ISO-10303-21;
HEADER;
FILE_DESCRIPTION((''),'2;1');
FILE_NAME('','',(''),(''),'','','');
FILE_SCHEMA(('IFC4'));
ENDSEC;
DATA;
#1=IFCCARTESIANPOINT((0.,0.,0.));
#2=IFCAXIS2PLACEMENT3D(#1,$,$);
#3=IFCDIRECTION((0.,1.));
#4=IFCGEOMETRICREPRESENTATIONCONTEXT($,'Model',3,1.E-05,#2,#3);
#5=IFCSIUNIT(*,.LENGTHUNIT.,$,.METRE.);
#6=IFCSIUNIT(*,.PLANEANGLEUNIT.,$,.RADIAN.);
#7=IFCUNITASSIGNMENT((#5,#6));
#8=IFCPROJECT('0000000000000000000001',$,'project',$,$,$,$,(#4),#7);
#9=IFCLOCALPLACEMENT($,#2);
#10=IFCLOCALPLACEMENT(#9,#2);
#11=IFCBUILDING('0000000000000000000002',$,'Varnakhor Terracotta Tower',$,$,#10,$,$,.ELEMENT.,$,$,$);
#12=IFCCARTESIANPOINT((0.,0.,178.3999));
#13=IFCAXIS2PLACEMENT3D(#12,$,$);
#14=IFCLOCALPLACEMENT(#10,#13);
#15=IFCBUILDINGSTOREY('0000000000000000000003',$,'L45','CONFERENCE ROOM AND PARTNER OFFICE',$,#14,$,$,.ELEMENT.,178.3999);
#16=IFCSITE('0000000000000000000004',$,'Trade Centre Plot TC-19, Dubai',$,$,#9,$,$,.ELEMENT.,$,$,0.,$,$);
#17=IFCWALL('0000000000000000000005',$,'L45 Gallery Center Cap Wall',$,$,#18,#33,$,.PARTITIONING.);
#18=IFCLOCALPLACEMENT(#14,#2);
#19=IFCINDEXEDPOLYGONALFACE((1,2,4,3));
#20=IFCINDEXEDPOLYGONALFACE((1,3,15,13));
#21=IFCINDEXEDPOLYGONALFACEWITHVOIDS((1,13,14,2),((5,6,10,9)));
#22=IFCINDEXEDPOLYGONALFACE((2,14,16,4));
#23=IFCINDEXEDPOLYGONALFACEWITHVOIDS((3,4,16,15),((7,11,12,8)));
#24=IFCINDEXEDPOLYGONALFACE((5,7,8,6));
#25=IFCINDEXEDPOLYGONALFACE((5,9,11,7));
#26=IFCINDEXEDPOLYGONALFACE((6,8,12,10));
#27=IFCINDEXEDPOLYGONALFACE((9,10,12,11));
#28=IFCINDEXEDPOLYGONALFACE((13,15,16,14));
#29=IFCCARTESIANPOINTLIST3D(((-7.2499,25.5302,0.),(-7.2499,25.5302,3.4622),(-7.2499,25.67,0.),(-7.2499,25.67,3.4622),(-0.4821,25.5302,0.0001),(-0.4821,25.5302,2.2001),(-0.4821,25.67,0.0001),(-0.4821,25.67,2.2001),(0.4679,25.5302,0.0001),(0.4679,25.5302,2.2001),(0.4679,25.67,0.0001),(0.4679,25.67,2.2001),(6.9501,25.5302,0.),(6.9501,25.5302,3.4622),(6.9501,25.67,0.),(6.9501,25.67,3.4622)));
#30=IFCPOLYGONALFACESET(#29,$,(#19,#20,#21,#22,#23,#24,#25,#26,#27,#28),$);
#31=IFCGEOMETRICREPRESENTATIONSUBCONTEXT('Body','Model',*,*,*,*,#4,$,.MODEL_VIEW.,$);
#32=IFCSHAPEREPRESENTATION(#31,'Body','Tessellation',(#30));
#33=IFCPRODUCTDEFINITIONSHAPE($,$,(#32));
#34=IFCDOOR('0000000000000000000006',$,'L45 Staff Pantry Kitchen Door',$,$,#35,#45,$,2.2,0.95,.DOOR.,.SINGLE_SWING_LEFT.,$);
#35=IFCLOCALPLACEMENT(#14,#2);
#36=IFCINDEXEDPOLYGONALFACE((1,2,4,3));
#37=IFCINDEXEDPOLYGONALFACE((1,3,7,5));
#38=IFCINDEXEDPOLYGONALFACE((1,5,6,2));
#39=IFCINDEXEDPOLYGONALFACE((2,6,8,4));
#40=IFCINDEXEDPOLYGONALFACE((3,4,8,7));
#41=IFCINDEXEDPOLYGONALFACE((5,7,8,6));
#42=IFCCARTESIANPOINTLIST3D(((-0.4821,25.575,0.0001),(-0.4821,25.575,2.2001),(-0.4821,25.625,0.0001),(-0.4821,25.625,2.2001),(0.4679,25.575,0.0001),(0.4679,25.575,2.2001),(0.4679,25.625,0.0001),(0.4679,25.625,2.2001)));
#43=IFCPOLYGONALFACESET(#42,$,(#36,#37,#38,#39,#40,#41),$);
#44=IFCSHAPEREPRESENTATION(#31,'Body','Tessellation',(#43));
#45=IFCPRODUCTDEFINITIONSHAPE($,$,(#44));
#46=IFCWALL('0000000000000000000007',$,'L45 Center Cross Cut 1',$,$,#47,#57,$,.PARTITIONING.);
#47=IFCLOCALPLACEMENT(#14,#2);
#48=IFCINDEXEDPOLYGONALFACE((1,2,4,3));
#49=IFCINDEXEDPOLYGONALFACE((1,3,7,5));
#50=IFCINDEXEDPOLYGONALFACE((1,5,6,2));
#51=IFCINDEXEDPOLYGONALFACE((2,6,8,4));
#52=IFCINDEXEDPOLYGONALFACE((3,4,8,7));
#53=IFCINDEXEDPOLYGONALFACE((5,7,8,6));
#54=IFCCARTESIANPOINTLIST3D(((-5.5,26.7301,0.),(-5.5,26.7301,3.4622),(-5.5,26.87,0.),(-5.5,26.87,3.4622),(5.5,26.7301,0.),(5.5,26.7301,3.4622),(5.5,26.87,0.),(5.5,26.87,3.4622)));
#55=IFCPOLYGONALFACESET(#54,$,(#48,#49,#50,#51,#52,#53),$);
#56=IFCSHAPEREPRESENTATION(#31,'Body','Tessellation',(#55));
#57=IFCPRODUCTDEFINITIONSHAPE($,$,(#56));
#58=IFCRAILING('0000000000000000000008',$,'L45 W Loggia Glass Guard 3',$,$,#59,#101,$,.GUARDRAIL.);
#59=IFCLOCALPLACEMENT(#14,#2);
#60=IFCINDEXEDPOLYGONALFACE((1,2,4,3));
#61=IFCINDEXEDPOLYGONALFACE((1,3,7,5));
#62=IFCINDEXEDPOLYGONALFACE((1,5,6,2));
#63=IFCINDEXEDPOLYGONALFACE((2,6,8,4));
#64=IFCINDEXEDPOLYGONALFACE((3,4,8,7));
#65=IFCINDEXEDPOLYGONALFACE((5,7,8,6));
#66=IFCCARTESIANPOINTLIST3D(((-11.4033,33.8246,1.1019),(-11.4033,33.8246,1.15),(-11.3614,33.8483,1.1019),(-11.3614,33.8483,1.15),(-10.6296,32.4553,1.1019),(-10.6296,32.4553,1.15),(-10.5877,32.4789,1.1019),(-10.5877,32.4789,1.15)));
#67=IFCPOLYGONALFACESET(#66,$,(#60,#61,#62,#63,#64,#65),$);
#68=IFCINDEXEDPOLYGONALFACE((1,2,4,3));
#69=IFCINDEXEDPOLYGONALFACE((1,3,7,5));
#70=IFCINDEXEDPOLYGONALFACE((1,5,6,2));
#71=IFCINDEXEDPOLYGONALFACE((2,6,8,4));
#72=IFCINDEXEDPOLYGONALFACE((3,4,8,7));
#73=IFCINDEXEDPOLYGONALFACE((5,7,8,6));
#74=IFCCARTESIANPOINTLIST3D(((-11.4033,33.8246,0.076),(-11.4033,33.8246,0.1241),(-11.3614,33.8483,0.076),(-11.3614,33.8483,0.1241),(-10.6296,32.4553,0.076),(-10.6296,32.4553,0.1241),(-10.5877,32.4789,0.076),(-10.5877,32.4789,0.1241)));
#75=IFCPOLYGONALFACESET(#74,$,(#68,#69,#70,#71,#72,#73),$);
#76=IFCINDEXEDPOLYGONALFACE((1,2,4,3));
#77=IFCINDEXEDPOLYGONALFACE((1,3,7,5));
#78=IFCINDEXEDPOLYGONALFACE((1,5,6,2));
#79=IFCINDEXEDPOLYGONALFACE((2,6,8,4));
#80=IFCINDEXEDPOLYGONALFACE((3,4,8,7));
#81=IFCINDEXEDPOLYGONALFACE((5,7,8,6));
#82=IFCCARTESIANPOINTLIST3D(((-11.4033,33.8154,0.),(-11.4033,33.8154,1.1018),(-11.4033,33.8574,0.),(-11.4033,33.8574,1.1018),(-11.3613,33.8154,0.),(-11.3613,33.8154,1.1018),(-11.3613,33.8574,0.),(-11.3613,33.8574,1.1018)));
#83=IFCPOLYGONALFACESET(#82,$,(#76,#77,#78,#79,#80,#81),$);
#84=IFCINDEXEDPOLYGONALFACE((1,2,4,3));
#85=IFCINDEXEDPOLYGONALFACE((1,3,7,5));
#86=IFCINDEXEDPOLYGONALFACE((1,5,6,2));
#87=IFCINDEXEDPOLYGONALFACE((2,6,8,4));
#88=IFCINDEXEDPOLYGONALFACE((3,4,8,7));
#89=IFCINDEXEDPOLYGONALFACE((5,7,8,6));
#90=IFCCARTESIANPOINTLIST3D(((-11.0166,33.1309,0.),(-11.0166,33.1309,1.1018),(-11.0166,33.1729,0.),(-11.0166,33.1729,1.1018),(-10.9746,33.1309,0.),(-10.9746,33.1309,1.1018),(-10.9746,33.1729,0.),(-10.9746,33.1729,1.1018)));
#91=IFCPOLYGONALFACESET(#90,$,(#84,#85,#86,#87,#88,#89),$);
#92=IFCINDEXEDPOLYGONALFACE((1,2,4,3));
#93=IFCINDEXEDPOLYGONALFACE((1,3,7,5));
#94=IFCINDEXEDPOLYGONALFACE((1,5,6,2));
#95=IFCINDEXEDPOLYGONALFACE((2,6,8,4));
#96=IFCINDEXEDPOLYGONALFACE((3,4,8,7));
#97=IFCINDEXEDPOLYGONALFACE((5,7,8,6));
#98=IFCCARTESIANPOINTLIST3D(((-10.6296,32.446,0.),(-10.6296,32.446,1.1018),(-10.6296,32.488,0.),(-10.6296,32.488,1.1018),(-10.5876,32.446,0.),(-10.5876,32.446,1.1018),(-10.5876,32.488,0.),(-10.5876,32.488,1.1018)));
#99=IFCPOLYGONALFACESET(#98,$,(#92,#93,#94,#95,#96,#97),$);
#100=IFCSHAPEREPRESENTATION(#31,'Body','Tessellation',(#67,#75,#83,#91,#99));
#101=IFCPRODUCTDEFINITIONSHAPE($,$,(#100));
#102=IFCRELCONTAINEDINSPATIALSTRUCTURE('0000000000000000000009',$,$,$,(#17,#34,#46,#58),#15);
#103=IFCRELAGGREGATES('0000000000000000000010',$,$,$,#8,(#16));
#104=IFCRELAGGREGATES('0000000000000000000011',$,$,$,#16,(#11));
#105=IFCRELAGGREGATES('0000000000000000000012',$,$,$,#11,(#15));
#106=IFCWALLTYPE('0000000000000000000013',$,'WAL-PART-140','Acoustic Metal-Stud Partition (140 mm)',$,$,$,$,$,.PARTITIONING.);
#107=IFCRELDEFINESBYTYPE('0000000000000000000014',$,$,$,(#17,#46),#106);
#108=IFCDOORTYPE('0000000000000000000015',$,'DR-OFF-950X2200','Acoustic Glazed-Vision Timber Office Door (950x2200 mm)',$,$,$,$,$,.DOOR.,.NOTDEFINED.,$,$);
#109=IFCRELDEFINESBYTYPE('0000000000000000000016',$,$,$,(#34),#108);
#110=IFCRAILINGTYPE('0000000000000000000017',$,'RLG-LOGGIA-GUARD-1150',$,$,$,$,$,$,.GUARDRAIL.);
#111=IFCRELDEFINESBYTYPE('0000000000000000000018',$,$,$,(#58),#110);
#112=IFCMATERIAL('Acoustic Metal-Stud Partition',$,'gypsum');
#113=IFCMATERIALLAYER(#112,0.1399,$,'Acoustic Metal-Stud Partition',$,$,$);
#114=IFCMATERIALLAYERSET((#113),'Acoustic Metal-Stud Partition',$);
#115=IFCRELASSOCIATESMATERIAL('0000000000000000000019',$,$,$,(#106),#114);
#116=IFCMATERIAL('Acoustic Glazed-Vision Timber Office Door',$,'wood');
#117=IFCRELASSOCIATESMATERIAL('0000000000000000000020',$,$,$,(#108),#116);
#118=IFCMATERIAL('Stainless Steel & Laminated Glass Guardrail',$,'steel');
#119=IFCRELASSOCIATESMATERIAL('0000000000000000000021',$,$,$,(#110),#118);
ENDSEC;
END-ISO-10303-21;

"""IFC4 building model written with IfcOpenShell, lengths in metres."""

from ifc_helpers import new_model, si_unit, direction, frame, frame_2d, origin, origin_2d, place, context, subcontext, project, spatial, rectangle, extrude, source, transform, mapped, material, layer, layer_set, type_object, type_shapes, element, fill, save


model = new_model("IFC4")

# Units and contexts
model_context = context("Model", 3, precision=1e-05, world=origin(), true_north=direction((0.0, 1.0)))
body_context = subcontext(model_context, "Body", "Model", "MODEL_VIEW")
ifc_project = project(units=[si_unit("LENGTHUNIT", "METRE"), si_unit("PLANEANGLEUNIT", "RADIAN")], contexts=[model_context])

# Site, building, storey
site_placement = place(None, origin())
site = spatial("IfcSite", under=ifc_project, at=site_placement, Name="Trade Centre Plot TC-19, Dubai", CompositionType="ELEMENT", RefElevation=0.0)
building_placement = place(site_placement, origin())
building = spatial("IfcBuilding", under=site, at=building_placement, Name="Varnakhor Terracotta Tower", CompositionType="ELEMENT")
storey_placement = place(building_placement, frame((0.0, 0.0, 178.3999)))
storey = spatial("IfcBuildingStorey", under=building, at=storey_placement, Name="L45", Description="CONFERENCE ROOM AND PARTNER OFFICE", CompositionType="ELEMENT", Elevation=178.3999)

# Wall, opening, door
ifc_material_1 = material(Name="Acoustic Metal-Stud Partition", Category="gypsum")
ifc_layer_1 = layer(ifc_material_1, 0.1399, Name="Acoustic Metal-Stud Partition")
ifc_layer_set_1 = layer_set([ifc_layer_1], Name="Acoustic Metal-Stud Partition")
wall_type_1 = type_object("IfcWallType", Name="WAL-PART-140", Description="Acoustic Metal-Stud Partition (140 mm)", PredefinedType="PARTITIONING", material=ifc_layer_set_1)
wall_1_placement = place(storey_placement, frame((-7.25, 25.6001, 0.0), z_axis=(0.0, 0.0, 1.0), x_axis=(1.0, 0.0, 0.0)))
wall_1 = element("IfcWall", 1, at=wall_1_placement, inside=storey, type_object=wall_type_1, Name="L45 Gallery Center Cap Wall", PredefinedType="PARTITIONING", context=body_context, shape_type="SweptSolid", body=[
    extrude(rectangle(XDim=14.2, YDim=0.1399, at=frame_2d((7.1001, 0.0))), origin(), (0.0, 0.0, 1.0), 3.4622),
])
opening_placement = place(wall_1_placement, frame((6.7678, 0.0, 0.0)))
opening = element("IfcOpeningElement", 2, at=opening_placement, cuts=wall_1, PredefinedType="OPENING", context=body_context, shape_type="SweptSolid", body=[
    extrude(rectangle(XDim=0.95, YDim=2.2, at=frame_2d((0.4751, 1.1001))), frame((0.0, 0.0801, 0.0), z_axis=(0.0, -1.0, 0.0), x_axis=(1.0, 0.0, 0.0)), (0.0, 0.0, 1.0), 0.1599),
])
ifc_material_2 = material(Name="Acoustic Glazed-Vision Timber Office Door", Category="wood")
door_type = type_object("IfcDoorType", Name="DR-OFF-950X2200", Description="Acoustic Glazed-Vision Timber Office Door (950x2200 mm)", OperationType="NOTDEFINED", PredefinedType="DOOR", material=ifc_material_2)
shared_shape_1 = source(origin(), body_context, "Body", "SweptSolid", [
    extrude(rectangle(XDim=0.95, YDim=2.2, at=frame_2d((0.4751, 1.1001))), frame((0.0, 0.0249, 0.0), z_axis=(0.0, -1.0, 0.0), x_axis=(1.0, 0.0, 0.0)), (0.0, 0.0, 1.0), 0.05),
])
type_shapes(door_type, [shared_shape_1])
door_placement = place(opening_placement, origin())
door = element("IfcDoor", 3, at=door_placement, inside=storey, type_object=door_type, Name="L45 Staff Pantry Kitchen Door", OperationType="SINGLE_SWING_LEFT", OverallHeight=2.2, OverallWidth=0.95, PredefinedType="DOOR", context=body_context, shape_type="MappedRepresentation", body=[
    mapped(shared_shape_1, transform((0.0, 0.0, 0.0), scale=1.0)),
])
fill(opening, door)

# Wall
wall_2_placement = place(storey_placement, frame((-5.5, 26.8, 0.0), z_axis=(0.0, 0.0, 1.0), x_axis=(1.0, 0.0, 0.0)))
element("IfcWall", 4, at=wall_2_placement, inside=storey, type_object=wall_type_1, Name="L45 Center Cross Cut 1", PredefinedType="PARTITIONING", context=body_context, shape_type="SweptSolid", body=[
    extrude(rectangle(XDim=11.0, YDim=0.1399, at=frame_2d((5.5, 0.0))), origin(), (0.0, 0.0, 1.0), 3.4622),
])

# Railing
ifc_material_3 = material(Name="Stainless Steel & Laminated Glass Guardrail", Category="steel")
railing_type = type_object("IfcRailingType", Name="RLG-LOGGIA-GUARD-1150", PredefinedType="GUARDRAIL", material=ifc_material_3)
railing_placement = place(storey_placement, frame((-11.3823, 33.8364, 0.0)))
element("IfcRailing", 5, at=railing_placement, inside=storey, type_object=railing_type, Name="L45 W Loggia Glass Guard 3", PredefinedType="GUARDRAIL", context=body_context, shape_type="SweptSolid", body=[
    extrude(rectangle(XDim=0.0481, YDim=0.0481, at=origin_2d()), frame((0.0, 0.0, 1.126), z_axis=(0.491904, -0.87065, 0.0), x_axis=(0.87065, 0.491904, 0.0)), (0.0, 0.0, 1.0), 1.5728),
    extrude(rectangle(XDim=0.0481, YDim=0.0481, at=origin_2d()), frame((0.0, 0.0, 0.1001), z_axis=(0.491904, -0.87065, 0.0), x_axis=(0.87065, 0.491904, 0.0)), (0.0, 0.0, 1.0), 1.5728),
    extrude(rectangle(XDim=0.042, YDim=0.042, at=origin_2d()), origin(), (0.0, 0.0, 1.0), 1.1018),
    extrude(rectangle(XDim=0.042, YDim=0.042, at=origin_2d()), frame((0.3867, -0.6846, 0.0)), (0.0, 0.0, 1.0), 1.1018),
    extrude(rectangle(XDim=0.042, YDim=0.042, at=origin_2d()), frame((0.7737, -1.3694, 0.0)), (0.0, 0.0, 1.0), 1.1018),
])

save(model, "model.ifc")
